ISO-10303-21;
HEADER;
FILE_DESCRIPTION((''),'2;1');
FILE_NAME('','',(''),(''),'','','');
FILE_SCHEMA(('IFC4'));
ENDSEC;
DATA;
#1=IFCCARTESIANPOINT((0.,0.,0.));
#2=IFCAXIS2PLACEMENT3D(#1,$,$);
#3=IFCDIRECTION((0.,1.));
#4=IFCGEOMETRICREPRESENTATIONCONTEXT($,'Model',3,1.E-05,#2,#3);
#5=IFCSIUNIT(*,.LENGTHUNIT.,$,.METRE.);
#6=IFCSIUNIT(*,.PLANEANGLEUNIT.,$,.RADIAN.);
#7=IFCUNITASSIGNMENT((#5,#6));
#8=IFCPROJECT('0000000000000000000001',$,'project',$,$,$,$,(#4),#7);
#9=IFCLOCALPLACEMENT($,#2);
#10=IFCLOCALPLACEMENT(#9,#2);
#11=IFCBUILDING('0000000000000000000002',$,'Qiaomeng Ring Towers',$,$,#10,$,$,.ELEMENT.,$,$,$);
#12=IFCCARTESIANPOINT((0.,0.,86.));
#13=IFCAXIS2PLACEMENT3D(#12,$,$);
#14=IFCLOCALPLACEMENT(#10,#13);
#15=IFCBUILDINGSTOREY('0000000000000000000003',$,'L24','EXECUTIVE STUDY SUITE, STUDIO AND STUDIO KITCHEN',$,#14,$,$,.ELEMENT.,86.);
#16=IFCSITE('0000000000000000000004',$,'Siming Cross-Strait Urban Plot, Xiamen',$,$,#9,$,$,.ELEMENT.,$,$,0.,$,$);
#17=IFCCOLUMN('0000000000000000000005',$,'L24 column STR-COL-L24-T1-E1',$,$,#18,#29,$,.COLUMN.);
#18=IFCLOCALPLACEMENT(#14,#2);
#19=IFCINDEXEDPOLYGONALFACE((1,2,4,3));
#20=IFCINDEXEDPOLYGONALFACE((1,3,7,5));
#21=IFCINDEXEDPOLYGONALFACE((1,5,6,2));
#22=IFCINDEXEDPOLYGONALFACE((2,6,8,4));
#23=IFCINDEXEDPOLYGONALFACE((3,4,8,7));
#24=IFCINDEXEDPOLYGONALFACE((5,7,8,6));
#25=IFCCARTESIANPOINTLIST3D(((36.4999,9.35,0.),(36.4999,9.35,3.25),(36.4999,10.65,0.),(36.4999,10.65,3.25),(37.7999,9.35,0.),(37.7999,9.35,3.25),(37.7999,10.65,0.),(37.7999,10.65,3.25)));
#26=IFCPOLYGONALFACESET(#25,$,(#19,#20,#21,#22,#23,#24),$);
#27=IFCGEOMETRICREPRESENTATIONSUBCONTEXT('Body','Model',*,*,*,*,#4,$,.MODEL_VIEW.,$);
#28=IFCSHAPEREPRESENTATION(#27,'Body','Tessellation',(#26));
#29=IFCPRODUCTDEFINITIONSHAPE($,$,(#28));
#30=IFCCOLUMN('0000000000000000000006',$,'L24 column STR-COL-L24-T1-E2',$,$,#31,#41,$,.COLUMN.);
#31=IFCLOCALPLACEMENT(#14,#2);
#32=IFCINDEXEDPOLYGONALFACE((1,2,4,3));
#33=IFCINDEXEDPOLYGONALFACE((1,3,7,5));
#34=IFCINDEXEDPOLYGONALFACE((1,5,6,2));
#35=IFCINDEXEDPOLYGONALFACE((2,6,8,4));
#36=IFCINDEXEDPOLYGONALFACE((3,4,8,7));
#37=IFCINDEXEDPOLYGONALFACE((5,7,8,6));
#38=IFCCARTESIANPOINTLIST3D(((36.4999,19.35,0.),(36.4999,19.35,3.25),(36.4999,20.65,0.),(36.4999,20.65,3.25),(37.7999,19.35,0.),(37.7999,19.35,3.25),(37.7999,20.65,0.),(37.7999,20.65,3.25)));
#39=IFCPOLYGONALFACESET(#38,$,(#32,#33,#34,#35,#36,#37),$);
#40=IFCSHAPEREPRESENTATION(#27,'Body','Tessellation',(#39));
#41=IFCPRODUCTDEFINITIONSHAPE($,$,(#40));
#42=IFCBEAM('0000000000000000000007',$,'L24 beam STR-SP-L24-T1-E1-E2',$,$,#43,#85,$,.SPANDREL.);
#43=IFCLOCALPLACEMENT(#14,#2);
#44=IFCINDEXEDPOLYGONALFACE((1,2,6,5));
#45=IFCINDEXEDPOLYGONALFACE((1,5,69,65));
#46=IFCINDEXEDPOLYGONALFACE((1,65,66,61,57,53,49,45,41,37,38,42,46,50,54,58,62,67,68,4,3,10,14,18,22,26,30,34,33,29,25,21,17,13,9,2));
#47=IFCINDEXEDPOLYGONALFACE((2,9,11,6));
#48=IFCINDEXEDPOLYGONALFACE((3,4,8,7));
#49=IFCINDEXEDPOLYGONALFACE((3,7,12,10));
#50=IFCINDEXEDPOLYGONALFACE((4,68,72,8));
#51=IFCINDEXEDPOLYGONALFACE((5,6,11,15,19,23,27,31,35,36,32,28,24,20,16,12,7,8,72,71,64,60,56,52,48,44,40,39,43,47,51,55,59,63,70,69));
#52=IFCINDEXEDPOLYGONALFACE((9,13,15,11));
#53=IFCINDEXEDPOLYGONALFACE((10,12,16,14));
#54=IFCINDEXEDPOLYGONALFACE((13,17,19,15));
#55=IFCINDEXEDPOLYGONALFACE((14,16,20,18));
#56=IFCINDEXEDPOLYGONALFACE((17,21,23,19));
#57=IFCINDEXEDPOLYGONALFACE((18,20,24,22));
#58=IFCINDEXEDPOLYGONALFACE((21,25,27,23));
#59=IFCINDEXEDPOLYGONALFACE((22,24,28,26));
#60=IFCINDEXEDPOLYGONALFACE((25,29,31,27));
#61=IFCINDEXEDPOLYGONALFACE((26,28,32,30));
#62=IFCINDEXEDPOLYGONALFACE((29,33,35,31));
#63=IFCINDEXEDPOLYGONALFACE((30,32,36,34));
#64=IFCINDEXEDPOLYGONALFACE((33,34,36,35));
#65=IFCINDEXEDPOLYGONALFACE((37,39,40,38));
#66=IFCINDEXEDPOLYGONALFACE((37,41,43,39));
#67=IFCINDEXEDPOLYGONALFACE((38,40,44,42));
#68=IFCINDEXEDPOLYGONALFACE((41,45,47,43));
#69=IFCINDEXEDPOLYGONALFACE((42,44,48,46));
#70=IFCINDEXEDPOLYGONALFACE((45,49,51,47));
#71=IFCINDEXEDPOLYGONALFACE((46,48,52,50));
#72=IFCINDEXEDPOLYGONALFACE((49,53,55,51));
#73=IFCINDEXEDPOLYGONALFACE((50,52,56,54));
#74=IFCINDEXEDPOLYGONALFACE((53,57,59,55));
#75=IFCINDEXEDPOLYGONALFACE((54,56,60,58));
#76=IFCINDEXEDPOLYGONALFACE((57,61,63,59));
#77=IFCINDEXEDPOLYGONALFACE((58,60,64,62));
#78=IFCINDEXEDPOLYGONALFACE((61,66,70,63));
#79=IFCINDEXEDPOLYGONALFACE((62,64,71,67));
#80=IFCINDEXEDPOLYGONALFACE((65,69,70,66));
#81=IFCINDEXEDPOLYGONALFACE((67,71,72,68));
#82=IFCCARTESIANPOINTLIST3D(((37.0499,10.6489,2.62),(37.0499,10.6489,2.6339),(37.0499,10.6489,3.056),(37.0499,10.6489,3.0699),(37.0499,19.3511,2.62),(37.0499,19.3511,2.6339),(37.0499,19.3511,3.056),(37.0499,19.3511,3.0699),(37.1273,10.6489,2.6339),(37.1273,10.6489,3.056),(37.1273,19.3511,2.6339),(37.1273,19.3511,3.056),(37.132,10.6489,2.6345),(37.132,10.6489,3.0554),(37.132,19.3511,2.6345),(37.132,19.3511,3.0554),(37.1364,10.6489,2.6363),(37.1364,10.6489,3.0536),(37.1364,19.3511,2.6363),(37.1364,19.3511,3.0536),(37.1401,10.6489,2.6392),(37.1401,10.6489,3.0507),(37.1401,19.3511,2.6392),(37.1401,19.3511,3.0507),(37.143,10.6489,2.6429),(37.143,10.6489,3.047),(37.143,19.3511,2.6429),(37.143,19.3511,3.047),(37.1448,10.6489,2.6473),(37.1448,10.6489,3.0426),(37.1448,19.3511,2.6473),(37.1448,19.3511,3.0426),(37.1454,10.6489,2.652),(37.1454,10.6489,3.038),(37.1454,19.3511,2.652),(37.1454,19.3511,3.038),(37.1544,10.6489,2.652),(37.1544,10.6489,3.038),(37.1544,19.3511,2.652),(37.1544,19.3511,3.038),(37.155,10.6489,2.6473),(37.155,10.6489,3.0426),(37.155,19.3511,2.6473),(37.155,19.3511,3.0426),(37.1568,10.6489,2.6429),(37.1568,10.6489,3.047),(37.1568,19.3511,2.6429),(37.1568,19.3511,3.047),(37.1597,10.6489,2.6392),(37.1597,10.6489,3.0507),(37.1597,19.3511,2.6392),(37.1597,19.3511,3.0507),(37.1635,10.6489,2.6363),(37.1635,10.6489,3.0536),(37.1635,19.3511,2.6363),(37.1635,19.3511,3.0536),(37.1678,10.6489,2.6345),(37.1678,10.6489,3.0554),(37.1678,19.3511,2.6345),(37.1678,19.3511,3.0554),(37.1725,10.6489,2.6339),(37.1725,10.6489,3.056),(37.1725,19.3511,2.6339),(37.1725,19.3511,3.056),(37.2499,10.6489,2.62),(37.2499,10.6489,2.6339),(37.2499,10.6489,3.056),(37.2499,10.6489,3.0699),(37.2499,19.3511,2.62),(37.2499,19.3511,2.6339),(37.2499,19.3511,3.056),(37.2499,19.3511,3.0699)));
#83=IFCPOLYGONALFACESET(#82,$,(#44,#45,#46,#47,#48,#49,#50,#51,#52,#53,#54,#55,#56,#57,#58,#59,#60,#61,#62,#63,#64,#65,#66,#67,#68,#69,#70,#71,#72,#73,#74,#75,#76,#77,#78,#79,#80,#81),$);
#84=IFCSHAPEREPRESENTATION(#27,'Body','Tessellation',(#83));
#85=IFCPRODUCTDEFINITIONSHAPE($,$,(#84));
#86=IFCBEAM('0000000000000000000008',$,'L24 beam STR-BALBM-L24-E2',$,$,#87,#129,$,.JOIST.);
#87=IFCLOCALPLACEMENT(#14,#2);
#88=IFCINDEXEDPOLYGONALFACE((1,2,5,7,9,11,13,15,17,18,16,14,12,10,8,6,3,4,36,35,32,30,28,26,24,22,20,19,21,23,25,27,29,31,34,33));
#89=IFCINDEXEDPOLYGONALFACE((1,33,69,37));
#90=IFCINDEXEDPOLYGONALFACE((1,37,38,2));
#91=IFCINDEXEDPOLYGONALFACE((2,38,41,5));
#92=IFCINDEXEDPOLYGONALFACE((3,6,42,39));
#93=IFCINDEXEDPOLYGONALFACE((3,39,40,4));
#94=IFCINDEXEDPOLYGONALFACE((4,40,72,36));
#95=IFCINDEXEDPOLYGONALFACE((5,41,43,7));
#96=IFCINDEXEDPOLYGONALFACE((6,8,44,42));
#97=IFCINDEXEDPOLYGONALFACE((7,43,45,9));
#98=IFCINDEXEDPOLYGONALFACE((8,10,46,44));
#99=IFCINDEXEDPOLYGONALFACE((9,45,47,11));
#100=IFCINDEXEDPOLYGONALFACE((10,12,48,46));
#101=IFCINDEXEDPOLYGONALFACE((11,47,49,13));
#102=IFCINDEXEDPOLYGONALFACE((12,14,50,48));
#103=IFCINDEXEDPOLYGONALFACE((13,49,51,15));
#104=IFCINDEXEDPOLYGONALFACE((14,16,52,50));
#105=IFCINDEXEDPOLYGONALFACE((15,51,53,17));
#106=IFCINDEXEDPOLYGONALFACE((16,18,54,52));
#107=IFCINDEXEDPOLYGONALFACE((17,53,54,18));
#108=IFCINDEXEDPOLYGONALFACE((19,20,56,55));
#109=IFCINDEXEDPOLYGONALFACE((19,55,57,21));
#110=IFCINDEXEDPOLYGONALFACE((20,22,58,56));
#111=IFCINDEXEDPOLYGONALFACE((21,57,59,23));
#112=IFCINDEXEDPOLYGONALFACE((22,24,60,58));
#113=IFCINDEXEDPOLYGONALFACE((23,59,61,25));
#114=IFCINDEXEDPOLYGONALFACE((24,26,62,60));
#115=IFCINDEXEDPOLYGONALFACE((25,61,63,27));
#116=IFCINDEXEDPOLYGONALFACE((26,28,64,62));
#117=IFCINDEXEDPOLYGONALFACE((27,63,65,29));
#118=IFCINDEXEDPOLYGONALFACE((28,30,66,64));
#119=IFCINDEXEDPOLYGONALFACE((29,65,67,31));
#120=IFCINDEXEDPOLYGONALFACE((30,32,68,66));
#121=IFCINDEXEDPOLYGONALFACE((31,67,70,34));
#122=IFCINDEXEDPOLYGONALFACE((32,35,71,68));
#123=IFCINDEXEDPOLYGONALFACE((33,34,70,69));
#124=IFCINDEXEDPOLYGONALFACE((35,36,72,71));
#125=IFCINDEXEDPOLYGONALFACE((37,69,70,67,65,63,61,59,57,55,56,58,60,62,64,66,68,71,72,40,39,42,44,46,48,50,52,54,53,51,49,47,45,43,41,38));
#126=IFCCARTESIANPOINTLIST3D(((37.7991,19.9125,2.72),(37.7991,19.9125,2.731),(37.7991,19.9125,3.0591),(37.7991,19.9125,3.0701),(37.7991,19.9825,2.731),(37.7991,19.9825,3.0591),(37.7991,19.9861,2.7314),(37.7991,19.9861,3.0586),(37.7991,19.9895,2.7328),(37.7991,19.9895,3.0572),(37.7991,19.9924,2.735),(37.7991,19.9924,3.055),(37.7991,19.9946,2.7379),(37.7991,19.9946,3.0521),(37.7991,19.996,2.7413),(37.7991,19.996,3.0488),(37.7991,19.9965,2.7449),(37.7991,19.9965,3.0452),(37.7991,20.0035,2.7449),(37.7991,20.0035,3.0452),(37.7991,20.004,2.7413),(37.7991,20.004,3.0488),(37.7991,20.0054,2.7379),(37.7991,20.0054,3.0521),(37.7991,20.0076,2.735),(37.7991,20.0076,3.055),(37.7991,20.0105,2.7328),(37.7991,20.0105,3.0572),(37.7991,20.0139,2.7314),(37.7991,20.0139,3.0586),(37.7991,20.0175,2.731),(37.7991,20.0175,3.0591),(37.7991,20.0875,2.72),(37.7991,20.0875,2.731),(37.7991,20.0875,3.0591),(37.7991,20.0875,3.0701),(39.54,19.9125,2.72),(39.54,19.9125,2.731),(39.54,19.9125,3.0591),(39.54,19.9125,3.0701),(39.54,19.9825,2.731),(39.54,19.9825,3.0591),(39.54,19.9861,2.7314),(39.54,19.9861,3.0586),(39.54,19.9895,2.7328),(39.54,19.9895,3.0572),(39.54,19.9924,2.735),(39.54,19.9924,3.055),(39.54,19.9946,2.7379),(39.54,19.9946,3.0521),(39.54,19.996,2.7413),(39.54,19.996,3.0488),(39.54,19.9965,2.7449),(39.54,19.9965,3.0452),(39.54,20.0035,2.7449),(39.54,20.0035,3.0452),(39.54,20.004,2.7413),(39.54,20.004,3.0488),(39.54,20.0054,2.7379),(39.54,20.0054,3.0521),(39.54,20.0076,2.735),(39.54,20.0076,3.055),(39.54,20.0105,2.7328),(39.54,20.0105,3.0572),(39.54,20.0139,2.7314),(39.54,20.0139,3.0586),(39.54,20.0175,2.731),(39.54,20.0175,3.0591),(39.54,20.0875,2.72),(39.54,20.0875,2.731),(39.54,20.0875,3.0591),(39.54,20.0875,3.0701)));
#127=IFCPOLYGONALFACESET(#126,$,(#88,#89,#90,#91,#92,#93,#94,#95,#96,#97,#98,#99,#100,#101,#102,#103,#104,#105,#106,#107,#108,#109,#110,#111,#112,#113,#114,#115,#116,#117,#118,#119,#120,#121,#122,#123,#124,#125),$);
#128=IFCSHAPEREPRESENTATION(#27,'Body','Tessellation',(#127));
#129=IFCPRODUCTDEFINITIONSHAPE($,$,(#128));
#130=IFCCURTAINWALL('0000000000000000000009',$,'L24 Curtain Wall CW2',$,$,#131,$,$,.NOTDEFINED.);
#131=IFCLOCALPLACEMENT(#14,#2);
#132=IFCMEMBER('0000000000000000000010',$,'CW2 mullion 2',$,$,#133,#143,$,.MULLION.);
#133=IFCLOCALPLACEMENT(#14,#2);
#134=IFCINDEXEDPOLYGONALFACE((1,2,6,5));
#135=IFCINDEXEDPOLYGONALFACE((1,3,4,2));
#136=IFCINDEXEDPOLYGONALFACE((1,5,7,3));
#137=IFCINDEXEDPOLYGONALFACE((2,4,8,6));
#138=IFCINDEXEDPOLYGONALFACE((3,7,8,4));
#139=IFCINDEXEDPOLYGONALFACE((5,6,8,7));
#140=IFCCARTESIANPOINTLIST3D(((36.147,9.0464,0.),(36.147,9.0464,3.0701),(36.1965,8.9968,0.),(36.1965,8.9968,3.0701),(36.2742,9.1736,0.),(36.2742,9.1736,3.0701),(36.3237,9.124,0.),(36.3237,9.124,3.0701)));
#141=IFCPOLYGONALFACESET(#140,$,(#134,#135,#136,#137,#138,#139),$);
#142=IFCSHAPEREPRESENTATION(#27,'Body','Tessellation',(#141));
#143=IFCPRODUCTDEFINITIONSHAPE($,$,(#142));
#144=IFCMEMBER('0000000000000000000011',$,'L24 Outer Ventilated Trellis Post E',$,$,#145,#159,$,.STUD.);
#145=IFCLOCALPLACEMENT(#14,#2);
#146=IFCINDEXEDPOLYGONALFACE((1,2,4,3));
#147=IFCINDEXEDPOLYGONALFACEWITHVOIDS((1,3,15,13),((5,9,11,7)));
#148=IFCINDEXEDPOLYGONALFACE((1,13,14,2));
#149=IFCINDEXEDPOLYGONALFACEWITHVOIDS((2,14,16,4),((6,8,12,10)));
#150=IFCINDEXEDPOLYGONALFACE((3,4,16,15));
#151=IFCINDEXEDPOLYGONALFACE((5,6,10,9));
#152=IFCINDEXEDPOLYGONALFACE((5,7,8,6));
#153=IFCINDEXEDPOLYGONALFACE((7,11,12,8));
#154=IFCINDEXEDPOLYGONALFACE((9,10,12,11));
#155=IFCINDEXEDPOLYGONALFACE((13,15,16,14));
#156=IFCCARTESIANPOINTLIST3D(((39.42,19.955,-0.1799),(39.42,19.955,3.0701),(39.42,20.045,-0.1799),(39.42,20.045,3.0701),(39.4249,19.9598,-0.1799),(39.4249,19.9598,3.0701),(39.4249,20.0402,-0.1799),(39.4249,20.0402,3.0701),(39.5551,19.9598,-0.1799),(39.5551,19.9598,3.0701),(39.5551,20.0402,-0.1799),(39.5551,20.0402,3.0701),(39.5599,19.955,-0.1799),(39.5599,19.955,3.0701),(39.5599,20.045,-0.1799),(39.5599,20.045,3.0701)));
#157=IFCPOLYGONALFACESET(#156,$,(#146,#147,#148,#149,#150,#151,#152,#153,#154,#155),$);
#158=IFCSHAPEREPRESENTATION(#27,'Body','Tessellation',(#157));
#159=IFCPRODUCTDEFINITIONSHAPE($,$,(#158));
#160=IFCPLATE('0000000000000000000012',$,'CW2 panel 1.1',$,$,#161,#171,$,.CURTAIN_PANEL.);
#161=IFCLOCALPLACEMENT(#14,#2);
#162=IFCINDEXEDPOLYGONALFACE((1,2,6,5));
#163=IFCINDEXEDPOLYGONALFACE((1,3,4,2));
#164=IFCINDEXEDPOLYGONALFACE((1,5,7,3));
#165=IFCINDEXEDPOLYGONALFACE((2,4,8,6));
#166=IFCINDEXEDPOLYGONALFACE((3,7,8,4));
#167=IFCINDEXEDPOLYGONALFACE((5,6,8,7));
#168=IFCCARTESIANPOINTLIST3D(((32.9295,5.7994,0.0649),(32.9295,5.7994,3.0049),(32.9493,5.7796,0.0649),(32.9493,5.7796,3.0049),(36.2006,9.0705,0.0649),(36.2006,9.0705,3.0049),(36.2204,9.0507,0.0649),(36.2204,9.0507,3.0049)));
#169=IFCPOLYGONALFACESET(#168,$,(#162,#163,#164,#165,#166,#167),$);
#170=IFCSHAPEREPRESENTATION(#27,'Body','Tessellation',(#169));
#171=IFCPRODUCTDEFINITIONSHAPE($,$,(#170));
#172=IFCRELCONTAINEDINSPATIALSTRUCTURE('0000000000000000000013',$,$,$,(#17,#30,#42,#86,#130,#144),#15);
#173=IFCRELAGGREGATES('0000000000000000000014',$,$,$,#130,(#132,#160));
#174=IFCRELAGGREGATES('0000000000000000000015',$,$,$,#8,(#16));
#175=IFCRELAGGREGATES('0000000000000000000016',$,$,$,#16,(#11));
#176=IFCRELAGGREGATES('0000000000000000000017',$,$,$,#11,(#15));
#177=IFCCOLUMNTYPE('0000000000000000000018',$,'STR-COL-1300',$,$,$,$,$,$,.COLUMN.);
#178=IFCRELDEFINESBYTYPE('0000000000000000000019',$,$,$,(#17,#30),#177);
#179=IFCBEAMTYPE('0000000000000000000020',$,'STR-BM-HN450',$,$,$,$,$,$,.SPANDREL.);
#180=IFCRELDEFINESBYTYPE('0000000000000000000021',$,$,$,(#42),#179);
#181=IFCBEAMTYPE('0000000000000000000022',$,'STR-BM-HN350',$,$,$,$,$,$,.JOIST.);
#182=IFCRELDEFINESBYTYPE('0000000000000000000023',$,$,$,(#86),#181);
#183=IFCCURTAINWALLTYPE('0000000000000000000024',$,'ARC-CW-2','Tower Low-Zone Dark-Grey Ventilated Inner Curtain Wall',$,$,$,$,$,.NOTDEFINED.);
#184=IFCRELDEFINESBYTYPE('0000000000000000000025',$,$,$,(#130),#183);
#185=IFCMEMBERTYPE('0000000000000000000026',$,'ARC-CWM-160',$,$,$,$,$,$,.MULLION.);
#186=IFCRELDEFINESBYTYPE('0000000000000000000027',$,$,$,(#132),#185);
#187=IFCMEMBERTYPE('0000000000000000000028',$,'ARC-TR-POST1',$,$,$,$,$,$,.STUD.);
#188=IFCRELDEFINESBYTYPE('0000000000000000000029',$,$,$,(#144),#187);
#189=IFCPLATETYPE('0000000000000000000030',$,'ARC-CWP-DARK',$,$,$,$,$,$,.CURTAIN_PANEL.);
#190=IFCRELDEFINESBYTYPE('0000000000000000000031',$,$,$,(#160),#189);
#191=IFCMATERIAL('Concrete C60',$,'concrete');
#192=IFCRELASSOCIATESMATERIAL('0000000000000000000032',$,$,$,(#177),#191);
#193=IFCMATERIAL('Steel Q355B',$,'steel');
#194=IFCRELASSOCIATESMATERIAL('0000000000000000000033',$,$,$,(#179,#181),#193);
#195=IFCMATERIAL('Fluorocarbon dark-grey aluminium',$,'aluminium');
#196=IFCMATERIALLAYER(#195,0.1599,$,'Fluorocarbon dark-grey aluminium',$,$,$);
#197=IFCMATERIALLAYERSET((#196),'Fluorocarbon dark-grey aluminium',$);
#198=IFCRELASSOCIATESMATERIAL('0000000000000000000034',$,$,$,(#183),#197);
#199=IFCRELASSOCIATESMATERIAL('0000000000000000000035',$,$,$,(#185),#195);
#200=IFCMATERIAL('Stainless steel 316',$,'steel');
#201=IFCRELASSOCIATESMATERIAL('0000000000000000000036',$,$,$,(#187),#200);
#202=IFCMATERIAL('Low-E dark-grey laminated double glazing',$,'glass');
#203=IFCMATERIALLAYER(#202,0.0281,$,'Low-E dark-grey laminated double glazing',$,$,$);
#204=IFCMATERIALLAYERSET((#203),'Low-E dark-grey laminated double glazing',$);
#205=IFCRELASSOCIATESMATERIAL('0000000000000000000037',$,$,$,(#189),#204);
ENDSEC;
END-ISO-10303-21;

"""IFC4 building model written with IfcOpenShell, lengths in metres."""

from ifc_helpers import new_model, si_unit, direction, frame, origin, origin_2d, place, context, subcontext, project, spatial, rectangle, hollow_rectangle, i_section, extrude, source, transform, mapped, material, layer, layer_set, material_profile, profile_set, type_object, element, aggregate, save


model = new_model("IFC4")

# Units and contexts
model_context = context("Model", 3, precision=1e-05, world=origin(), true_north=direction((0.0, 1.0)))
body_context = subcontext(model_context, "Body", "Model", "MODEL_VIEW")
ifc_project = project(units=[si_unit("LENGTHUNIT", "METRE"), si_unit("PLANEANGLEUNIT", "RADIAN")], contexts=[model_context])

# Site, building, storey
site_placement = place(None, origin())
site = spatial("IfcSite", under=ifc_project, at=site_placement, Name="Siming Cross-Strait Urban Plot, Xiamen", CompositionType="ELEMENT", RefElevation=0.0)
building_placement = place(site_placement, origin())
building = spatial("IfcBuilding", under=site, at=building_placement, Name="Qiaomeng Ring Towers", CompositionType="ELEMENT")
storey_placement = place(building_placement, frame((0.0, 0.0, 86.0)))
storey = spatial("IfcBuildingStorey", under=building, at=storey_placement, Name="L24", Description="EXECUTIVE STUDY SUITE, STUDIO AND STUDIO KITCHEN", CompositionType="ELEMENT", Elevation=86.0)

# Columns
ifc_material_1 = material(Name="Concrete C60", Category="concrete")
ifc_material_profile_1 = material_profile(ifc_material_1, rectangle(XDim=1.3, YDim=1.3, at=origin_2d()), Name="RC COL 1300x1300")
ifc_profile_set_1 = profile_set([ifc_material_profile_1], Name="Concrete C60")
column_type = type_object("IfcColumnType", Name="STR-COL-1300", PredefinedType="COLUMN", material=ifc_profile_set_1)
shared_shape_1 = source(origin(), body_context, "Body", "SweptSolid", [
    extrude(rectangle(XDim=1.3, YDim=1.3, at=origin_2d()), origin(), (0.0, 0.0, 1.0), 3.25),
])
for number, where, z_axis, x_axis, name in (
    (1, (37.1499, 10.0, 0.0), (0.0, 0.0, 1.0), (1.0, 0.0, 0.0), "L24 column STR-COL-L24-T1-E1"),
    (2, (37.1499, 20.0, 0.0), (0.0, 0.0, 1.0), (1.0, 0.0, 0.0), "L24 column STR-COL-L24-T1-E2"),
):
    element("IfcColumn", number, at=place(storey_placement, frame(where, z_axis=z_axis, x_axis=x_axis)), inside=storey, type_object=column_type, Name=name, PredefinedType="COLUMN", context=body_context, shape_type="MappedRepresentation", body=[
        mapped(shared_shape_1, transform((0.0, 0.0, 0.0), x_axis=(1.0, 0.0, 0.0), y_axis=(0.0, 1.0, 0.0), z_axis=(0.0, 0.0, 1.0), scale=1.0)),
    ])

# Beams
ifc_material_2 = material(Name="Steel Q355B", Category="steel")
ifc_material_profile_2 = material_profile(ifc_material_2, i_section(OverallWidth=0.2, OverallDepth=0.45, WebThickness=0.009, FlangeThickness=0.0139, FilletRadius=0.0181, at=origin_2d()), Name="HN 450x200x9x14")
ifc_profile_set_2 = profile_set([ifc_material_profile_2], Name="Steel Q355B")
beam_type_1 = type_object("IfcBeamType", Name="STR-BM-HN450", PredefinedType="SPANDREL", material=ifc_profile_set_2)
shared_shape_2 = source(origin(), body_context, "Body", "SweptSolid", [
    extrude(i_section(OverallWidth=0.2, OverallDepth=0.45, WebThickness=0.009, FlangeThickness=0.0139, FilletRadius=0.0181, at=origin_2d()), origin(), (0.0, 0.0, 1.0), 8.7021),
])
beam_1_placement = place(storey_placement, frame((37.1499, 10.6489, 2.845), z_axis=(0.0, 1.0, 0.0), x_axis=(-1.0, 0.0, 0.0)))
element("IfcBeam", 3, at=beam_1_placement, inside=storey, type_object=beam_type_1, Name="L24 beam STR-SP-L24-T1-E1-E2", PredefinedType="SPANDREL", context=body_context, shape_type="MappedRepresentation", body=[
    mapped(shared_shape_2, transform((0.0, 0.0, 0.0), x_axis=(1.0, 0.0, 0.0), y_axis=(0.0, 1.0, 0.0), z_axis=(0.0, 0.0, 1.0), scale=1.0)),
])
ifc_material_profile_3 = material_profile(ifc_material_2, i_section(OverallWidth=0.175, OverallDepth=0.3501, WebThickness=0.0071, FlangeThickness=0.011, FilletRadius=0.0139, at=origin_2d()), Name="HN 350x175x7x11")
ifc_profile_set_3 = profile_set([ifc_material_profile_3], Name="Steel Q355B")
beam_type_2 = type_object("IfcBeamType", Name="STR-BM-HN350", PredefinedType="JOIST", material=ifc_profile_set_3)
shared_shape_3 = source(origin(), body_context, "Body", "SweptSolid", [
    extrude(i_section(OverallWidth=0.175, OverallDepth=0.3501, WebThickness=0.0071, FlangeThickness=0.011, FilletRadius=0.0139, at=origin_2d()), origin(), (0.0, 0.0, 1.0), 1.741),
])
beam_2_placement = place(storey_placement, frame((37.7991, 20.0, 2.895), z_axis=(1.0, 0.0, 0.0), x_axis=(0.0, 1.0, 0.0)))
element("IfcBeam", 4, at=beam_2_placement, inside=storey, type_object=beam_type_2, Name="L24 beam STR-BALBM-L24-E2", PredefinedType="JOIST", context=body_context, shape_type="MappedRepresentation", body=[
    mapped(shared_shape_3, transform((0.0, 0.0, 0.0), x_axis=(1.0, 0.0, 0.0), y_axis=(0.0, 1.0, 0.0), z_axis=(0.0, 0.0, 1.0), scale=1.0)),
])

# Curtain wall, member
ifc_material_3 = material(Name="Fluorocarbon dark-grey aluminium", Category="aluminium")
ifc_layer_1 = layer(ifc_material_3, 0.1599, Name="Fluorocarbon dark-grey aluminium")
ifc_layer_set_1 = layer_set([ifc_layer_1], Name="Fluorocarbon dark-grey aluminium")
curtain_wall_type = type_object("IfcCurtainWallType", Name="ARC-CW-2", Description="Tower Low-Zone Dark-Grey Ventilated Inner Curtain Wall", PredefinedType="NOTDEFINED", material=ifc_layer_set_1)
curtain_wall_placement = place(storey_placement, origin())
curtain_wall = element("IfcCurtainWall", 5, at=curtain_wall_placement, inside=storey, type_object=curtain_wall_type, Name="L24 Curtain Wall CW2", PredefinedType="NOTDEFINED")
ifc_material_profile_4 = material_profile(ifc_material_3, rectangle(XDim=0.0701, YDim=0.1799, at=origin_2d()), Name="ALU MULL 70x180")
ifc_profile_set_4 = profile_set([ifc_material_profile_4], Name="Fluorocarbon dark-grey aluminium")
member_type_1 = type_object("IfcMemberType", Name="ARC-CWM-160", PredefinedType="MULLION", material=ifc_profile_set_4)
shared_shape_4 = source(origin(), body_context, "Body", "SweptSolid", [
    extrude(rectangle(XDim=0.0701, YDim=0.1799, at=origin_2d()), origin(), (0.0, 0.0, 1.0), 3.0701),
])
member_1_placement = place(storey_placement, frame((36.2354, 9.0852, 0.0), z_axis=(0.0, 0.0, 1.0), x_axis=(-0.707107, 0.707107, 0.0)))
member_1 = element("IfcMember", 6, at=member_1_placement, type_object=member_type_1, Name="CW2 mullion 2", PredefinedType="MULLION", context=body_context, shape_type="MappedRepresentation", body=[
    mapped(shared_shape_4, transform((0.0, 0.0, 0.0), x_axis=(1.0, 0.0, 0.0), y_axis=(0.0, 1.0, 0.0), z_axis=(0.0, 0.0, 1.0), scale=1.0)),
])

# Member
ifc_material_4 = material(Name="Stainless steel 316", Category="steel")
ifc_material_profile_5 = material_profile(ifc_material_4, hollow_rectangle(XDim=0.0901, YDim=0.1399, WallThickness=0.0049, at=origin_2d()), Name="SS TRELLIS 90x140")
ifc_profile_set_5 = profile_set([ifc_material_profile_5], Name="Stainless steel 316")
member_type_2 = type_object("IfcMemberType", Name="ARC-TR-POST1", PredefinedType="STUD", material=ifc_profile_set_5)
shared_shape_5 = source(origin(), body_context, "Body", "SweptSolid", [
    extrude(hollow_rectangle(XDim=0.0901, YDim=0.1399, WallThickness=0.0049, at=origin_2d()), origin(), (0.0, 0.0, 1.0), 3.25),
])
member_2_placement = place(storey_placement, frame((39.49, 20.0, -0.1799), z_axis=(0.0, 0.0, 1.0), x_axis=(0.0, 1.0, 0.0)))
element("IfcMember", 7, at=member_2_placement, inside=storey, type_object=member_type_2, Name="L24 Outer Ventilated Trellis Post E", PredefinedType="STUD", context=body_context, shape_type="MappedRepresentation", body=[
    mapped(shared_shape_5, transform((0.0, 0.0, 0.0), x_axis=(1.0, 0.0, 0.0), y_axis=(0.0, 1.0, 0.0), z_axis=(0.0, 0.0, 1.0), scale=1.0)),
])

# Plate
ifc_material_5 = material(Name="Low-E dark-grey laminated double glazing", Category="glass")
ifc_layer_2 = layer(ifc_material_5, 0.0281, Name="Low-E dark-grey laminated double glazing")
ifc_layer_set_2 = layer_set([ifc_layer_2], Name="Low-E dark-grey laminated double glazing")
plate_type = type_object("IfcPlateType", Name="ARC-CWP-DARK", PredefinedType="CURTAIN_PANEL", material=ifc_layer_set_2)
shared_shape_6 = source(origin(), body_context, "Body", "SweptSolid", [
    extrude(rectangle(XDim=4.626, YDim=0.0281, at=origin_2d()), origin(), (0.0, 0.0, 1.0), 2.9399),
])
plate_placement = place(storey_placement, frame((34.575, 7.425, 0.0649), z_axis=(0.0, 0.0, 1.0), x_axis=(0.707107, 0.707107, 0.0)))
plate = element("IfcPlate", 8, at=plate_placement, type_object=plate_type, Name="CW2 panel 1.1", PredefinedType="CURTAIN_PANEL", context=body_context, shape_type="MappedRepresentation", body=[
    mapped(shared_shape_6, transform((0.0, 0.0, 0.0), x_axis=(1.0, 0.0, 0.0), y_axis=(0.0, 1.0, 0.0), z_axis=(0.0, 0.0, 1.0), scale=1.0)),
])
aggregate(curtain_wall, [member_1, plate])

save(model, "model.ifc")
